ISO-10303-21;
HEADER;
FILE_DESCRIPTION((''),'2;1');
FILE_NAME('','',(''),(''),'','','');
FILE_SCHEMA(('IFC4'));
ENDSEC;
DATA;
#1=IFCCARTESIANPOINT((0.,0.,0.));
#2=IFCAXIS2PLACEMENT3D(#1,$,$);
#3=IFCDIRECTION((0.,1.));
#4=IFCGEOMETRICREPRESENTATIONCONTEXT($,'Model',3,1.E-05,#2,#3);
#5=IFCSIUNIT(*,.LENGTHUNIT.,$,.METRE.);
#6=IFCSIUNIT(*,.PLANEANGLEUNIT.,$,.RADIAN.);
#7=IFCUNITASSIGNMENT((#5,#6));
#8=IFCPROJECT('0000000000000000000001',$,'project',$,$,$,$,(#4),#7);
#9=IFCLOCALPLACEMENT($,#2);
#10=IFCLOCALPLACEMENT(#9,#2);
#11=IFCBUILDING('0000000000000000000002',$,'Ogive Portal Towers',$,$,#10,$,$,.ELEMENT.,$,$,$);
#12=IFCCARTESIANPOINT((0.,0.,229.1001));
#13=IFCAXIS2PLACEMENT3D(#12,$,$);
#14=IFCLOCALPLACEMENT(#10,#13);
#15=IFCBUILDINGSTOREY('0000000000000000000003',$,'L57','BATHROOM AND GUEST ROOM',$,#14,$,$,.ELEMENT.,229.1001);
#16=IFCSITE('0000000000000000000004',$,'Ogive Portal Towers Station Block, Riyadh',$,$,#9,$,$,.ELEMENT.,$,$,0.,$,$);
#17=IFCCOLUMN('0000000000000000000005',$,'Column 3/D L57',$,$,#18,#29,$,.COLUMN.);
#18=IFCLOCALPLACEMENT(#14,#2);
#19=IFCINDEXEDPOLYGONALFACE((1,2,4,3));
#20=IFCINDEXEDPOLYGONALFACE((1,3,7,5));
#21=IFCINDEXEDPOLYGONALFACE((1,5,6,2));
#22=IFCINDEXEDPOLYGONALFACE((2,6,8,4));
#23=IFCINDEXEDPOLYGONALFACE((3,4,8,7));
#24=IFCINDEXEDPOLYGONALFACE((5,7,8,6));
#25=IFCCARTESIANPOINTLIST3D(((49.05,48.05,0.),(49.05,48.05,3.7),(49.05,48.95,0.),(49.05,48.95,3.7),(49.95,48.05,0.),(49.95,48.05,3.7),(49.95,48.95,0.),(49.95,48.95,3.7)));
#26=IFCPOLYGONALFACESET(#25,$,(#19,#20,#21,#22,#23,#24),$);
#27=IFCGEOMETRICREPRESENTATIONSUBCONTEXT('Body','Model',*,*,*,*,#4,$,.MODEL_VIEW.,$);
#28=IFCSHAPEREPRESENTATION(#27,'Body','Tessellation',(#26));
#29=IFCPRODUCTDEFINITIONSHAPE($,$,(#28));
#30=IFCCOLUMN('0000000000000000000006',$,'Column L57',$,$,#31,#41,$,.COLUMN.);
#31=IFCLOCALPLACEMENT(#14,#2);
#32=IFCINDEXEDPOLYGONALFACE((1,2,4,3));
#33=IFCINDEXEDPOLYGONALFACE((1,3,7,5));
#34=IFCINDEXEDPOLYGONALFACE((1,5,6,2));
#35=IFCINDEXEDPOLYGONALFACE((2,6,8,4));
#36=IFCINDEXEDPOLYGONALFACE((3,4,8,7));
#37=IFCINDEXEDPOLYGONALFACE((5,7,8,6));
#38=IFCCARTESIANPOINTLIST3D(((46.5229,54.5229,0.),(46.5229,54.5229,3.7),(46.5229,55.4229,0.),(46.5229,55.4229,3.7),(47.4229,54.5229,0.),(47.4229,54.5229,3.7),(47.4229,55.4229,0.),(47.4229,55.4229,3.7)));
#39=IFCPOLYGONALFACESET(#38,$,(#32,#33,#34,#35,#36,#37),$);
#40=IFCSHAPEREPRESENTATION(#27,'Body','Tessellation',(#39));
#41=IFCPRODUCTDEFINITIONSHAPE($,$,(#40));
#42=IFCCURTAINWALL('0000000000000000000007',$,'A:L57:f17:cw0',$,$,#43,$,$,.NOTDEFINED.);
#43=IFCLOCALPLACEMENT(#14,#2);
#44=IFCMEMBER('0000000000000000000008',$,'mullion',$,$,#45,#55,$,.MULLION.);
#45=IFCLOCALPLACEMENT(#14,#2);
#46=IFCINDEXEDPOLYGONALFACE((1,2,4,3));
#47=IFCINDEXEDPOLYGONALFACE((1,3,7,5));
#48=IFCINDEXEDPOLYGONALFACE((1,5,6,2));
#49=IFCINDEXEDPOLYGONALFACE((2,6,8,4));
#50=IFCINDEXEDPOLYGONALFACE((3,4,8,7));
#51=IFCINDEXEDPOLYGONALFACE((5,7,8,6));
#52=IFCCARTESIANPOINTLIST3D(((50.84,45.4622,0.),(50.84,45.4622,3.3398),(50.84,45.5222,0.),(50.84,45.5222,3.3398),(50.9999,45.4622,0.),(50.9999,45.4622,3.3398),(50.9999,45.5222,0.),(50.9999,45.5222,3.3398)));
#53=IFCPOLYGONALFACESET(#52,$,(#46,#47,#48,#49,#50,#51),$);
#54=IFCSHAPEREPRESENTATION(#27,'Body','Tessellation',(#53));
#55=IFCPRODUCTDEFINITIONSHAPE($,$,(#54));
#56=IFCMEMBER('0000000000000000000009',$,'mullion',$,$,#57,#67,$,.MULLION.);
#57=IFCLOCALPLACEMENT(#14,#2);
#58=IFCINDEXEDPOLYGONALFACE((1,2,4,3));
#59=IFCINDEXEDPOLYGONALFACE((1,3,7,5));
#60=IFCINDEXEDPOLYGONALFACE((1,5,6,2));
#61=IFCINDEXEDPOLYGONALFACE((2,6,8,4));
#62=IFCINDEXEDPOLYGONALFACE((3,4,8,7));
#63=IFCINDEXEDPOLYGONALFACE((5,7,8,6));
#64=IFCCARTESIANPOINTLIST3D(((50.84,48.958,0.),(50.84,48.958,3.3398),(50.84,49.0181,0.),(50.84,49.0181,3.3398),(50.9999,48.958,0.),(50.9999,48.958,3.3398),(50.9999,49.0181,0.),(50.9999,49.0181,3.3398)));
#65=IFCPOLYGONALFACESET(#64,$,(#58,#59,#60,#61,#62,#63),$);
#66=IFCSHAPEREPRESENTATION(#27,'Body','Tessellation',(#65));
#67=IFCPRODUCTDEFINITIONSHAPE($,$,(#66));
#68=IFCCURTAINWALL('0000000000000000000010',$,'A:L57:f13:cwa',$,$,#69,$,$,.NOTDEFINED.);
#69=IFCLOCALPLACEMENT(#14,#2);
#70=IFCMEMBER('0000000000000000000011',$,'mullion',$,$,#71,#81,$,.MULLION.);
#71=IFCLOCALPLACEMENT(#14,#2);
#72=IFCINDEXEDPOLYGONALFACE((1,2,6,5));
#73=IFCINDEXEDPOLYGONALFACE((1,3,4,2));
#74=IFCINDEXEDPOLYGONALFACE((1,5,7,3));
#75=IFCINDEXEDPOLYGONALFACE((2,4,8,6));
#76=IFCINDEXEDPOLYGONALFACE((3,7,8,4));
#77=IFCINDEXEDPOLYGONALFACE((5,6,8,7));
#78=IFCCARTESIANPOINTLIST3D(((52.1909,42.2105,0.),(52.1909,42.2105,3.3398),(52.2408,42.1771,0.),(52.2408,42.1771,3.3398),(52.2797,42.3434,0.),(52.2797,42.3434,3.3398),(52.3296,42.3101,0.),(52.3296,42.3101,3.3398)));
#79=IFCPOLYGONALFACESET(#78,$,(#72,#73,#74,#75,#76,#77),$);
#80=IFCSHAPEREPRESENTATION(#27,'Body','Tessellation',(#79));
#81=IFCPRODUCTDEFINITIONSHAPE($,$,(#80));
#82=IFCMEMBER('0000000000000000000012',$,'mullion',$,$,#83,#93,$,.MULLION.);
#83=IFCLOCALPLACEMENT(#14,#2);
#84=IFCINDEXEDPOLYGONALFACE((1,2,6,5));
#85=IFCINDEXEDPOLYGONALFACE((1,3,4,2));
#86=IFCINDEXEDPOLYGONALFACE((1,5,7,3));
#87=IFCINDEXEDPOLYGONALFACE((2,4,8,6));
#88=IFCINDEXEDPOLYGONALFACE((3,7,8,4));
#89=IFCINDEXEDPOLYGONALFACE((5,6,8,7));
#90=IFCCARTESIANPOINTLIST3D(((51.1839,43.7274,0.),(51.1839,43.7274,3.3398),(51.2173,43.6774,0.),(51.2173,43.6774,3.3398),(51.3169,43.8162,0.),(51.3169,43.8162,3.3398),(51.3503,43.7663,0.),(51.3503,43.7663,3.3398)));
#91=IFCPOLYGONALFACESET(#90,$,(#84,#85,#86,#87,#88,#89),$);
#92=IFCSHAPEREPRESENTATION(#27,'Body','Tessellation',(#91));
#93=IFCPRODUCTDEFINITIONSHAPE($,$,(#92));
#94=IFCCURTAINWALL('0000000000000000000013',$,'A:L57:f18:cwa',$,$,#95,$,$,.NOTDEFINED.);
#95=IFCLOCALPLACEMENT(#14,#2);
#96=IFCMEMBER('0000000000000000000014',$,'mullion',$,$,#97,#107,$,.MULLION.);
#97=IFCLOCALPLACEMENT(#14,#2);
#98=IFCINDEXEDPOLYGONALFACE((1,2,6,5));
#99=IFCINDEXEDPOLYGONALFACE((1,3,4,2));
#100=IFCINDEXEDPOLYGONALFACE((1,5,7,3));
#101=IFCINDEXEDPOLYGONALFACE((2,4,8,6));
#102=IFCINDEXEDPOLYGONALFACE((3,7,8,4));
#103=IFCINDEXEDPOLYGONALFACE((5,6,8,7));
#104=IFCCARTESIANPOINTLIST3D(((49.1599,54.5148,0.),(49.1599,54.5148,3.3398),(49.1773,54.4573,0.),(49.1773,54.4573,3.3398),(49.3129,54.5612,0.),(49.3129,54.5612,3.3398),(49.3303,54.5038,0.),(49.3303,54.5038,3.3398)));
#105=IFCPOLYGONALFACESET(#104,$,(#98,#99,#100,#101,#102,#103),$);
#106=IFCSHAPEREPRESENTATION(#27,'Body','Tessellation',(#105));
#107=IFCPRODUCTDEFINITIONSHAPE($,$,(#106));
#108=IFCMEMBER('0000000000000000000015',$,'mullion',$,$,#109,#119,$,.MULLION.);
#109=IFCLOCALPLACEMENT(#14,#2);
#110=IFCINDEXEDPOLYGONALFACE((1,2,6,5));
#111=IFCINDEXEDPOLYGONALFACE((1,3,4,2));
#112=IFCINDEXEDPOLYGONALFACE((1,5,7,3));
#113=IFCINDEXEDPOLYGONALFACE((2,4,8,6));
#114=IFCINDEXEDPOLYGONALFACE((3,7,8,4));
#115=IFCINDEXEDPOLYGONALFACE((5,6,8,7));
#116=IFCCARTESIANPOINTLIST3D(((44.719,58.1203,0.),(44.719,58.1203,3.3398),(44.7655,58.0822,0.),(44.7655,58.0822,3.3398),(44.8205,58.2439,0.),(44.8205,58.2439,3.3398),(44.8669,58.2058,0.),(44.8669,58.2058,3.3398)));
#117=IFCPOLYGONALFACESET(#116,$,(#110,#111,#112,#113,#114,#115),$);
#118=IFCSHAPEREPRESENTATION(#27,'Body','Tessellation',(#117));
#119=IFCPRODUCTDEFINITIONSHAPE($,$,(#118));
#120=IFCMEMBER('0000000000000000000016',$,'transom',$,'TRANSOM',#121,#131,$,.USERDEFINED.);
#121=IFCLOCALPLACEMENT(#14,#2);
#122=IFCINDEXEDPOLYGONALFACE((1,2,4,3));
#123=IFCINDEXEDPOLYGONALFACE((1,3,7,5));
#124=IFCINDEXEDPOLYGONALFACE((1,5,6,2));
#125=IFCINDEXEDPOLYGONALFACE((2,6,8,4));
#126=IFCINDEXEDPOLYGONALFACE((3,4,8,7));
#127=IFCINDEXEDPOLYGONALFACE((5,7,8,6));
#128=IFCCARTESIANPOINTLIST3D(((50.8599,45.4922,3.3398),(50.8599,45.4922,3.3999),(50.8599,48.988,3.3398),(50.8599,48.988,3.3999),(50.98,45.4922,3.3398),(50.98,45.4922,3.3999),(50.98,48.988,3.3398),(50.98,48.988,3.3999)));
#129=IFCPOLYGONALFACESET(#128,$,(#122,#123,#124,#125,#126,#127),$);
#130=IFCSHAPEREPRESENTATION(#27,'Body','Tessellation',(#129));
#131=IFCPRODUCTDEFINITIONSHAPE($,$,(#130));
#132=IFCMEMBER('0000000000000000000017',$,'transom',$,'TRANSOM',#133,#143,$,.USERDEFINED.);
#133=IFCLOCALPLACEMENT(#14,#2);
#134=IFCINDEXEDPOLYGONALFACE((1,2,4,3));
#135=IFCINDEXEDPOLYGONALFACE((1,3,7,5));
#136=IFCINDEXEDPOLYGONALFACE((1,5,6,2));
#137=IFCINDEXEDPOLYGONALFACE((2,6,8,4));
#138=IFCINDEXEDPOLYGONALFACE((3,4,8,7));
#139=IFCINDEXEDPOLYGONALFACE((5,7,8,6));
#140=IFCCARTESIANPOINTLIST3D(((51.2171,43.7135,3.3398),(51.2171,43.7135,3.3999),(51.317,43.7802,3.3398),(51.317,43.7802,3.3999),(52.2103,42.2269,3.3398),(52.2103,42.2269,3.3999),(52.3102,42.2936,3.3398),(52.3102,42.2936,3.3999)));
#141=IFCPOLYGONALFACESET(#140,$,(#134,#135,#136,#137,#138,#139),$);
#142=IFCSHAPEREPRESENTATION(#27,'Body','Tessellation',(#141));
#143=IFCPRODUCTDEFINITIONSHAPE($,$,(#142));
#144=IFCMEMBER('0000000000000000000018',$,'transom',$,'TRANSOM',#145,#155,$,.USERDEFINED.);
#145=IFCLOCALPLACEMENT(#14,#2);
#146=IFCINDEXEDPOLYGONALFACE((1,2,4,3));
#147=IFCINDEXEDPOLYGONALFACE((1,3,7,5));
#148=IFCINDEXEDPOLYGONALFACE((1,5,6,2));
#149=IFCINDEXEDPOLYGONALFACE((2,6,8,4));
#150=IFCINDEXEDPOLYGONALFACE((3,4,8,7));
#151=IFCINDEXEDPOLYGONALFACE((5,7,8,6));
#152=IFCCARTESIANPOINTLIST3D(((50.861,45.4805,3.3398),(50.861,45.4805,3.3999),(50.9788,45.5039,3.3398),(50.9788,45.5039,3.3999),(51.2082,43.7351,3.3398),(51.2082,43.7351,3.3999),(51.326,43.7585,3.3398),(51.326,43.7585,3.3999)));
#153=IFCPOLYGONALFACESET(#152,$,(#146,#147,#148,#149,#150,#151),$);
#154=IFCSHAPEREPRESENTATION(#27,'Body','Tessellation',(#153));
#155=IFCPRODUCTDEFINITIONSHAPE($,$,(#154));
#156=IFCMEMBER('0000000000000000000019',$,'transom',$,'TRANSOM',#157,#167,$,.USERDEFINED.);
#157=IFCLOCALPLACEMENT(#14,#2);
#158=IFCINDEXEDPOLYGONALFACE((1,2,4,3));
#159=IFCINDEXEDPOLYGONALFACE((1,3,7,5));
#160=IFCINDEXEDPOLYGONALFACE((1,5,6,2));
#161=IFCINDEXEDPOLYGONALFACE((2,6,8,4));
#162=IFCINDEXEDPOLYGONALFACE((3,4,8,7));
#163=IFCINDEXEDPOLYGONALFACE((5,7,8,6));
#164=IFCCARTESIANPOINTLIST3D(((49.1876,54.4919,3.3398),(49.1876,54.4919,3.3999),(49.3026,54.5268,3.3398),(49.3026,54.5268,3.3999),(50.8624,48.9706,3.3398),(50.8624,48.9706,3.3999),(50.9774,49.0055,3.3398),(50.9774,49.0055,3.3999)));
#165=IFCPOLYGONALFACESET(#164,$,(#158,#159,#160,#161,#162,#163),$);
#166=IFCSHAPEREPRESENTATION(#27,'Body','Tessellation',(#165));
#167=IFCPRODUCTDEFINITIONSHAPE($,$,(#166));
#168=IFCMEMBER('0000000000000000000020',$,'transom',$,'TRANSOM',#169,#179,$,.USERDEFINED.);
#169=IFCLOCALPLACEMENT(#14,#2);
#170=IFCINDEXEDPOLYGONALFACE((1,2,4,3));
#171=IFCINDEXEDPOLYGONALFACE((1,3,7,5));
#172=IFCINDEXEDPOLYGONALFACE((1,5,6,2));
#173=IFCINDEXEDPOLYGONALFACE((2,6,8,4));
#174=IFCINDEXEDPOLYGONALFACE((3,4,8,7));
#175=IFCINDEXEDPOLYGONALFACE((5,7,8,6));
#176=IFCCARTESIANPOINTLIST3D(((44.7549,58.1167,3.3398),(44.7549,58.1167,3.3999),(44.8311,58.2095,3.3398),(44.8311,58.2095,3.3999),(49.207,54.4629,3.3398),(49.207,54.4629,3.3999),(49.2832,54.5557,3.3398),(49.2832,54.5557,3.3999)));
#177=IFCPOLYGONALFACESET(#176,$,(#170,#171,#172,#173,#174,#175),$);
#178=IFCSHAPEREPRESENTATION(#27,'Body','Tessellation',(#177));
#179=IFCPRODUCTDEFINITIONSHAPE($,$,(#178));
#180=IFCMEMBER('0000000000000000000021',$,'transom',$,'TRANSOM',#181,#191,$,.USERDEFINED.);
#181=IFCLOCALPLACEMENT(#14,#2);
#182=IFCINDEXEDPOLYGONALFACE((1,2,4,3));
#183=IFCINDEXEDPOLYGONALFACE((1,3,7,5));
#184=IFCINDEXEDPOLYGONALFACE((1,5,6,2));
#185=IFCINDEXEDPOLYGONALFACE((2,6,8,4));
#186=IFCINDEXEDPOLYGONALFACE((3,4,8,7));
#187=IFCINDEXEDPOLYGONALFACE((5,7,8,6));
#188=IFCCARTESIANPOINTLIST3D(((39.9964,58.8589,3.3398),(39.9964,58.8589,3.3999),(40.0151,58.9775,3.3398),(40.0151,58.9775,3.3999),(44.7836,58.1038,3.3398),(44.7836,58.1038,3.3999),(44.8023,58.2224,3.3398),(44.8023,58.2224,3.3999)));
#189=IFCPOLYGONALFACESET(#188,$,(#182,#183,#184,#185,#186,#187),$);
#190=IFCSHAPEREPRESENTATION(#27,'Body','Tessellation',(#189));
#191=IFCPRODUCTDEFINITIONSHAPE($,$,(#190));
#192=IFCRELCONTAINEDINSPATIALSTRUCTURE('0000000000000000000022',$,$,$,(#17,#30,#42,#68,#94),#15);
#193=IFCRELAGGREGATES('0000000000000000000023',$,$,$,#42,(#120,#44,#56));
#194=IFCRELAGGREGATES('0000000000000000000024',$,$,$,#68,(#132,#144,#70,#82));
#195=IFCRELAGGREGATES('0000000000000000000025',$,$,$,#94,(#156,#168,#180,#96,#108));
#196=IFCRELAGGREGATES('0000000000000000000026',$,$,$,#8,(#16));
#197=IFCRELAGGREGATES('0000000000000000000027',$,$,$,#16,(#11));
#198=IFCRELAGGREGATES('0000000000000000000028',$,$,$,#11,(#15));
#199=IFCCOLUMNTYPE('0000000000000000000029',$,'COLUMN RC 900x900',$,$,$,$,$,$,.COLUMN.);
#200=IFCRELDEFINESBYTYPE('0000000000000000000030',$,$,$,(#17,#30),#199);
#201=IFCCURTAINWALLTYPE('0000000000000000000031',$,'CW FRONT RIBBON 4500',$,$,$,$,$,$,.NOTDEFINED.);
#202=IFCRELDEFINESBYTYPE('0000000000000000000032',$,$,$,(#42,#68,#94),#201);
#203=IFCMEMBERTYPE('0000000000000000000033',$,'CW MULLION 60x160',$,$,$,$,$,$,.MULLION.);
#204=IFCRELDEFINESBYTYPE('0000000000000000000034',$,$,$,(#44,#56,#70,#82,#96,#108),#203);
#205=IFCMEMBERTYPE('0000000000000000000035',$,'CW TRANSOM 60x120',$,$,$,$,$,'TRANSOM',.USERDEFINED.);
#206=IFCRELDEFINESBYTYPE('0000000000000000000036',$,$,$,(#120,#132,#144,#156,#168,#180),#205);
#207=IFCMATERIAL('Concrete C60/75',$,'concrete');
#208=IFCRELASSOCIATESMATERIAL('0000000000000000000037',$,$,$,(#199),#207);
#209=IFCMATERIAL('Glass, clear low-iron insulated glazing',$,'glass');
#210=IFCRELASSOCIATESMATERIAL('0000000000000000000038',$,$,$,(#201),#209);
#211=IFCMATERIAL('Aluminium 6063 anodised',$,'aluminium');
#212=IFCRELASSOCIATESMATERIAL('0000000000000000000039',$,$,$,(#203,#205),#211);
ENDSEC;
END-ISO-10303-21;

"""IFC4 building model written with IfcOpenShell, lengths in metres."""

from ifc_helpers import new_model, si_unit, direction, frame, origin, origin_2d, place, context, subcontext, project, spatial, rectangle, extrude, material, material_profile, profile_set, type_object, element, aggregate, save


model = new_model("IFC4")

# Units and contexts
model_context = context("Model", 3, precision=1e-05, world=origin(), true_north=direction((0.0, 1.0)))
body_context = subcontext(model_context, "Body", "Model", "MODEL_VIEW")
ifc_project = project(units=[si_unit("LENGTHUNIT", "METRE"), si_unit("PLANEANGLEUNIT", "RADIAN")], contexts=[model_context])

# Site, building, storey
site_placement = place(None, origin())
site = spatial("IfcSite", under=ifc_project, at=site_placement, Name="Ogive Portal Towers Station Block, Riyadh", CompositionType="ELEMENT", RefElevation=0.0)
building_placement = place(site_placement, origin())
building = spatial("IfcBuilding", under=site, at=building_placement, Name="Ogive Portal Towers", CompositionType="ELEMENT")
storey_placement = place(building_placement, frame((0.0, 0.0, 229.1001)))
storey = spatial("IfcBuildingStorey", under=building, at=storey_placement, Name="L57", Description="BATHROOM AND GUEST ROOM", CompositionType="ELEMENT", Elevation=229.1001)

# Columns
ifc_material_1 = material(Name="Concrete C60/75", Category="concrete")
ifc_material_profile_1 = material_profile(ifc_material_1, rectangle(XDim=0.8999, YDim=0.8999, at=origin_2d()), Name="RC 900x900")
ifc_profile_set_1 = profile_set([ifc_material_profile_1], Name="Concrete C60/75")
column_type = type_object("IfcColumnType", Name="COLUMN RC 900x900", PredefinedType="COLUMN", material=ifc_profile_set_1)
for number, where, z_axis, x_axis, name in (
    (1, (49.5, 48.5, 0.0), (0.0, 0.0, 1.0), (1.0, 0.0, 0.0), "Column 3/D L57"),
    (2, (46.9729, 54.9729, 0.0), (0.0, 0.0, 1.0), (1.0, 0.0, 0.0), "Column L57"),
):
    element("IfcColumn", number, at=place(storey_placement, frame(where, z_axis=z_axis, x_axis=x_axis)), inside=storey, type_object=column_type, Name=name, PredefinedType="COLUMN", context=body_context, shape_type="SweptSolid", body=[
        extrude(rectangle(XDim=0.8999, YDim=0.8999, at=origin_2d()), origin(), (0.0, 0.0, 1.0), 3.7),
    ])

# Curtain walls, members
ifc_material_2 = material(Name="Glass, clear low-iron insulated glazing", Category="glass")
curtain_wall_type = type_object("IfcCurtainWallType", Name="CW FRONT RIBBON 4500", PredefinedType="NOTDEFINED", material=ifc_material_2)
curtain_wall_1_placement = place(storey_placement, origin())
curtain_wall_1 = element("IfcCurtainWall", 3, at=curtain_wall_1_placement, inside=storey, type_object=curtain_wall_type, Name="A:L57:f17:cw0", PredefinedType="NOTDEFINED")
ifc_material_3 = material(Name="Aluminium 6063 anodised", Category="aluminium")
ifc_material_profile_2 = material_profile(ifc_material_3, rectangle(XDim=0.1599, YDim=0.0601, at=origin_2d()), Name="AL 60x160")
ifc_profile_set_2 = profile_set([ifc_material_profile_2], Name="Aluminium 6063 anodised")
member_type_1 = type_object("IfcMemberType", Name="CW MULLION 60x160", PredefinedType="MULLION", material=ifc_profile_set_2)
member_1_placement = place(storey_placement, frame((50.9199, 45.4922, 0.0), z_axis=(0.0, 0.0, 1.0), x_axis=(-1.0, 0.0, 0.0)))
member_1 = element("IfcMember", 4, at=member_1_placement, type_object=member_type_1, Name="mullion", PredefinedType="MULLION", context=body_context, shape_type="SweptSolid", body=[
    extrude(rectangle(XDim=0.1599, YDim=0.0601, at=origin_2d()), origin(), (0.0, 0.0, 1.0), 3.3398),
])
member_2_placement = place(storey_placement, frame((50.9199, 48.988, 0.0), z_axis=(0.0, 0.0, 1.0), x_axis=(-1.0, 0.0, 0.0)))
member_2 = element("IfcMember", 5, at=member_2_placement, type_object=member_type_1, Name="mullion", PredefinedType="MULLION", context=body_context, shape_type="SweptSolid", body=[
    extrude(rectangle(XDim=0.1599, YDim=0.0601, at=origin_2d()), origin(), (0.0, 0.0, 1.0), 3.3398),
])
curtain_wall_2_placement = place(storey_placement, origin())
curtain_wall_2 = element("IfcCurtainWall", 6, at=curtain_wall_2_placement, inside=storey, type_object=curtain_wall_type, Name="A:L57:f13:cwa", PredefinedType="NOTDEFINED")
member_3_placement = place(storey_placement, frame((52.2603, 42.2603, 0.0), z_axis=(0.0, 0.0, 1.0), x_axis=(-0.55557, -0.83147, 0.0)))
member_3 = element("IfcMember", 7, at=member_3_placement, type_object=member_type_1, Name="mullion", PredefinedType="MULLION", context=body_context, shape_type="SweptSolid", body=[
    extrude(rectangle(XDim=0.1599, YDim=0.0601, at=origin_2d()), origin(), (0.0, 0.0, 1.0), 3.3398),
])
member_4_placement = place(storey_placement, frame((51.2671, 43.7468, 0.0), z_axis=(0.0, 0.0, 1.0), x_axis=(-0.83147, -0.55557, 0.0)))
member_4 = element("IfcMember", 8, at=member_4_placement, type_object=member_type_1, Name="mullion", PredefinedType="MULLION", context=body_context, shape_type="SweptSolid", body=[
    extrude(rectangle(XDim=0.1599, YDim=0.0601, at=origin_2d()), origin(), (0.0, 0.0, 1.0), 3.3398),
])
curtain_wall_3_placement = place(storey_placement, origin())
curtain_wall_3 = element("IfcCurtainWall", 9, at=curtain_wall_3_placement, inside=storey, type_object=curtain_wall_type, Name="A:L57:f18:cwa", PredefinedType="NOTDEFINED")
member_5_placement = place(storey_placement, frame((49.2451, 54.5093, 0.0), z_axis=(0.0, 0.0, 1.0), x_axis=(-0.95694, -0.290285, 0.0)))
member_5 = element("IfcMember", 10, at=member_5_placement, type_object=member_type_1, Name="mullion", PredefinedType="MULLION", context=body_context, shape_type="SweptSolid", body=[
    extrude(rectangle(XDim=0.1599, YDim=0.0601, at=origin_2d()), origin(), (0.0, 0.0, 1.0), 3.3398),
])
member_6_placement = place(storey_placement, frame((44.793, 58.1631, 0.0), z_axis=(0.0, 0.0, 1.0), x_axis=(-0.634393, -0.77301, 0.0)))
member_6 = element("IfcMember", 11, at=member_6_placement, type_object=member_type_1, Name="mullion", PredefinedType="MULLION", context=body_context, shape_type="SweptSolid", body=[
    extrude(rectangle(XDim=0.1599, YDim=0.0601, at=origin_2d()), origin(), (0.0, 0.0, 1.0), 3.3398),
])

# Members
ifc_material_profile_3 = material_profile(ifc_material_3, rectangle(XDim=0.1201, YDim=0.0601, at=origin_2d()), Name="AL 120x60")
ifc_profile_set_3 = profile_set([ifc_material_profile_3], Name="Aluminium 6063 anodised")
member_type_2 = type_object("IfcMemberType", Name="CW TRANSOM 60x120", ElementType="TRANSOM", PredefinedType="USERDEFINED", material=ifc_profile_set_3)
member_7_placement = place(storey_placement, frame((50.9199, 45.4922, 3.3699), z_axis=(0.0, 1.0, 0.0), x_axis=(-1.0, 0.0, 0.0)))
member_7 = element("IfcMember", 12, at=member_7_placement, type_object=member_type_2, Name="transom", ObjectType="TRANSOM", PredefinedType="USERDEFINED", context=body_context, shape_type="SweptSolid", body=[
    extrude(rectangle(XDim=0.1201, YDim=0.0601, at=origin_2d()), origin(), (0.0, 0.0, 1.0), 3.4958),
])
member_8_placement = place(storey_placement, frame((52.2603, 42.2603, 3.3699), z_axis=(-0.555519, 0.831504, 0.0), x_axis=(-0.831504, -0.555519, 0.0)))
member_8 = element("IfcMember", 13, at=member_8_placement, type_object=member_type_2, Name="transom", ObjectType="TRANSOM", PredefinedType="USERDEFINED", context=body_context, shape_type="SweptSolid", body=[
    extrude(rectangle(XDim=0.1201, YDim=0.0601, at=origin_2d()), origin(), (0.0, 0.0, 1.0), 1.7878),
])
member_9_placement = place(storey_placement, frame((51.2671, 43.7468, 3.3699), z_axis=(-0.195087, 0.980786, 0.0), x_axis=(-0.980786, -0.195087, 0.0)))
member_9 = element("IfcMember", 14, at=member_9_placement, type_object=member_type_2, Name="transom", ObjectType="TRANSOM", PredefinedType="USERDEFINED", context=body_context, shape_type="SweptSolid", body=[
    extrude(rectangle(XDim=0.1201, YDim=0.0601, at=origin_2d()), origin(), (0.0, 0.0, 1.0), 1.7795),
])
member_10_placement = place(storey_placement, frame((50.9199, 48.988, 3.3699), z_axis=(-0.290277, 0.956943, 0.0), x_axis=(-0.956943, -0.290277, 0.0)))
member_10 = element("IfcMember", 15, at=member_10_placement, type_object=member_type_2, Name="transom", ObjectType="TRANSOM", PredefinedType="USERDEFINED", context=body_context, shape_type="SweptSolid", body=[
    extrude(rectangle(XDim=0.1201, YDim=0.0601, at=origin_2d()), origin(), (0.0, 0.0, 1.0), 5.7698),
])
member_11_placement = place(storey_placement, frame((49.2451, 54.5093, 3.3699), z_axis=(-0.773008, 0.634396, 0.0), x_axis=(-0.634396, -0.773008, 0.0)))
member_11 = element("IfcMember", 16, at=member_11_placement, type_object=member_type_2, Name="transom", ObjectType="TRANSOM", PredefinedType="USERDEFINED", context=body_context, shape_type="SweptSolid", body=[
    extrude(rectangle(XDim=0.1201, YDim=0.0601, at=origin_2d()), origin(), (0.0, 0.0, 1.0), 5.7595),
])
member_12_placement = place(storey_placement, frame((44.793, 58.1631, 3.3699), z_axis=(-0.987787, 0.155807, 0.0), x_axis=(-0.155807, -0.987787, 0.0)))
member_12 = element("IfcMember", 17, at=member_12_placement, type_object=member_type_2, Name="transom", ObjectType="TRANSOM", PredefinedType="USERDEFINED", context=body_context, shape_type="SweptSolid", body=[
    extrude(rectangle(XDim=0.1201, YDim=0.0601, at=origin_2d()), origin(), (0.0, 0.0, 1.0), 4.8464),
])

aggregate(curtain_wall_1, [member_7, member_1, member_2])
aggregate(curtain_wall_2, [member_8, member_9, member_3, member_4])
aggregate(curtain_wall_3, [member_10, member_11, member_12, member_5, member_6])

save(model, "model.ifc")
